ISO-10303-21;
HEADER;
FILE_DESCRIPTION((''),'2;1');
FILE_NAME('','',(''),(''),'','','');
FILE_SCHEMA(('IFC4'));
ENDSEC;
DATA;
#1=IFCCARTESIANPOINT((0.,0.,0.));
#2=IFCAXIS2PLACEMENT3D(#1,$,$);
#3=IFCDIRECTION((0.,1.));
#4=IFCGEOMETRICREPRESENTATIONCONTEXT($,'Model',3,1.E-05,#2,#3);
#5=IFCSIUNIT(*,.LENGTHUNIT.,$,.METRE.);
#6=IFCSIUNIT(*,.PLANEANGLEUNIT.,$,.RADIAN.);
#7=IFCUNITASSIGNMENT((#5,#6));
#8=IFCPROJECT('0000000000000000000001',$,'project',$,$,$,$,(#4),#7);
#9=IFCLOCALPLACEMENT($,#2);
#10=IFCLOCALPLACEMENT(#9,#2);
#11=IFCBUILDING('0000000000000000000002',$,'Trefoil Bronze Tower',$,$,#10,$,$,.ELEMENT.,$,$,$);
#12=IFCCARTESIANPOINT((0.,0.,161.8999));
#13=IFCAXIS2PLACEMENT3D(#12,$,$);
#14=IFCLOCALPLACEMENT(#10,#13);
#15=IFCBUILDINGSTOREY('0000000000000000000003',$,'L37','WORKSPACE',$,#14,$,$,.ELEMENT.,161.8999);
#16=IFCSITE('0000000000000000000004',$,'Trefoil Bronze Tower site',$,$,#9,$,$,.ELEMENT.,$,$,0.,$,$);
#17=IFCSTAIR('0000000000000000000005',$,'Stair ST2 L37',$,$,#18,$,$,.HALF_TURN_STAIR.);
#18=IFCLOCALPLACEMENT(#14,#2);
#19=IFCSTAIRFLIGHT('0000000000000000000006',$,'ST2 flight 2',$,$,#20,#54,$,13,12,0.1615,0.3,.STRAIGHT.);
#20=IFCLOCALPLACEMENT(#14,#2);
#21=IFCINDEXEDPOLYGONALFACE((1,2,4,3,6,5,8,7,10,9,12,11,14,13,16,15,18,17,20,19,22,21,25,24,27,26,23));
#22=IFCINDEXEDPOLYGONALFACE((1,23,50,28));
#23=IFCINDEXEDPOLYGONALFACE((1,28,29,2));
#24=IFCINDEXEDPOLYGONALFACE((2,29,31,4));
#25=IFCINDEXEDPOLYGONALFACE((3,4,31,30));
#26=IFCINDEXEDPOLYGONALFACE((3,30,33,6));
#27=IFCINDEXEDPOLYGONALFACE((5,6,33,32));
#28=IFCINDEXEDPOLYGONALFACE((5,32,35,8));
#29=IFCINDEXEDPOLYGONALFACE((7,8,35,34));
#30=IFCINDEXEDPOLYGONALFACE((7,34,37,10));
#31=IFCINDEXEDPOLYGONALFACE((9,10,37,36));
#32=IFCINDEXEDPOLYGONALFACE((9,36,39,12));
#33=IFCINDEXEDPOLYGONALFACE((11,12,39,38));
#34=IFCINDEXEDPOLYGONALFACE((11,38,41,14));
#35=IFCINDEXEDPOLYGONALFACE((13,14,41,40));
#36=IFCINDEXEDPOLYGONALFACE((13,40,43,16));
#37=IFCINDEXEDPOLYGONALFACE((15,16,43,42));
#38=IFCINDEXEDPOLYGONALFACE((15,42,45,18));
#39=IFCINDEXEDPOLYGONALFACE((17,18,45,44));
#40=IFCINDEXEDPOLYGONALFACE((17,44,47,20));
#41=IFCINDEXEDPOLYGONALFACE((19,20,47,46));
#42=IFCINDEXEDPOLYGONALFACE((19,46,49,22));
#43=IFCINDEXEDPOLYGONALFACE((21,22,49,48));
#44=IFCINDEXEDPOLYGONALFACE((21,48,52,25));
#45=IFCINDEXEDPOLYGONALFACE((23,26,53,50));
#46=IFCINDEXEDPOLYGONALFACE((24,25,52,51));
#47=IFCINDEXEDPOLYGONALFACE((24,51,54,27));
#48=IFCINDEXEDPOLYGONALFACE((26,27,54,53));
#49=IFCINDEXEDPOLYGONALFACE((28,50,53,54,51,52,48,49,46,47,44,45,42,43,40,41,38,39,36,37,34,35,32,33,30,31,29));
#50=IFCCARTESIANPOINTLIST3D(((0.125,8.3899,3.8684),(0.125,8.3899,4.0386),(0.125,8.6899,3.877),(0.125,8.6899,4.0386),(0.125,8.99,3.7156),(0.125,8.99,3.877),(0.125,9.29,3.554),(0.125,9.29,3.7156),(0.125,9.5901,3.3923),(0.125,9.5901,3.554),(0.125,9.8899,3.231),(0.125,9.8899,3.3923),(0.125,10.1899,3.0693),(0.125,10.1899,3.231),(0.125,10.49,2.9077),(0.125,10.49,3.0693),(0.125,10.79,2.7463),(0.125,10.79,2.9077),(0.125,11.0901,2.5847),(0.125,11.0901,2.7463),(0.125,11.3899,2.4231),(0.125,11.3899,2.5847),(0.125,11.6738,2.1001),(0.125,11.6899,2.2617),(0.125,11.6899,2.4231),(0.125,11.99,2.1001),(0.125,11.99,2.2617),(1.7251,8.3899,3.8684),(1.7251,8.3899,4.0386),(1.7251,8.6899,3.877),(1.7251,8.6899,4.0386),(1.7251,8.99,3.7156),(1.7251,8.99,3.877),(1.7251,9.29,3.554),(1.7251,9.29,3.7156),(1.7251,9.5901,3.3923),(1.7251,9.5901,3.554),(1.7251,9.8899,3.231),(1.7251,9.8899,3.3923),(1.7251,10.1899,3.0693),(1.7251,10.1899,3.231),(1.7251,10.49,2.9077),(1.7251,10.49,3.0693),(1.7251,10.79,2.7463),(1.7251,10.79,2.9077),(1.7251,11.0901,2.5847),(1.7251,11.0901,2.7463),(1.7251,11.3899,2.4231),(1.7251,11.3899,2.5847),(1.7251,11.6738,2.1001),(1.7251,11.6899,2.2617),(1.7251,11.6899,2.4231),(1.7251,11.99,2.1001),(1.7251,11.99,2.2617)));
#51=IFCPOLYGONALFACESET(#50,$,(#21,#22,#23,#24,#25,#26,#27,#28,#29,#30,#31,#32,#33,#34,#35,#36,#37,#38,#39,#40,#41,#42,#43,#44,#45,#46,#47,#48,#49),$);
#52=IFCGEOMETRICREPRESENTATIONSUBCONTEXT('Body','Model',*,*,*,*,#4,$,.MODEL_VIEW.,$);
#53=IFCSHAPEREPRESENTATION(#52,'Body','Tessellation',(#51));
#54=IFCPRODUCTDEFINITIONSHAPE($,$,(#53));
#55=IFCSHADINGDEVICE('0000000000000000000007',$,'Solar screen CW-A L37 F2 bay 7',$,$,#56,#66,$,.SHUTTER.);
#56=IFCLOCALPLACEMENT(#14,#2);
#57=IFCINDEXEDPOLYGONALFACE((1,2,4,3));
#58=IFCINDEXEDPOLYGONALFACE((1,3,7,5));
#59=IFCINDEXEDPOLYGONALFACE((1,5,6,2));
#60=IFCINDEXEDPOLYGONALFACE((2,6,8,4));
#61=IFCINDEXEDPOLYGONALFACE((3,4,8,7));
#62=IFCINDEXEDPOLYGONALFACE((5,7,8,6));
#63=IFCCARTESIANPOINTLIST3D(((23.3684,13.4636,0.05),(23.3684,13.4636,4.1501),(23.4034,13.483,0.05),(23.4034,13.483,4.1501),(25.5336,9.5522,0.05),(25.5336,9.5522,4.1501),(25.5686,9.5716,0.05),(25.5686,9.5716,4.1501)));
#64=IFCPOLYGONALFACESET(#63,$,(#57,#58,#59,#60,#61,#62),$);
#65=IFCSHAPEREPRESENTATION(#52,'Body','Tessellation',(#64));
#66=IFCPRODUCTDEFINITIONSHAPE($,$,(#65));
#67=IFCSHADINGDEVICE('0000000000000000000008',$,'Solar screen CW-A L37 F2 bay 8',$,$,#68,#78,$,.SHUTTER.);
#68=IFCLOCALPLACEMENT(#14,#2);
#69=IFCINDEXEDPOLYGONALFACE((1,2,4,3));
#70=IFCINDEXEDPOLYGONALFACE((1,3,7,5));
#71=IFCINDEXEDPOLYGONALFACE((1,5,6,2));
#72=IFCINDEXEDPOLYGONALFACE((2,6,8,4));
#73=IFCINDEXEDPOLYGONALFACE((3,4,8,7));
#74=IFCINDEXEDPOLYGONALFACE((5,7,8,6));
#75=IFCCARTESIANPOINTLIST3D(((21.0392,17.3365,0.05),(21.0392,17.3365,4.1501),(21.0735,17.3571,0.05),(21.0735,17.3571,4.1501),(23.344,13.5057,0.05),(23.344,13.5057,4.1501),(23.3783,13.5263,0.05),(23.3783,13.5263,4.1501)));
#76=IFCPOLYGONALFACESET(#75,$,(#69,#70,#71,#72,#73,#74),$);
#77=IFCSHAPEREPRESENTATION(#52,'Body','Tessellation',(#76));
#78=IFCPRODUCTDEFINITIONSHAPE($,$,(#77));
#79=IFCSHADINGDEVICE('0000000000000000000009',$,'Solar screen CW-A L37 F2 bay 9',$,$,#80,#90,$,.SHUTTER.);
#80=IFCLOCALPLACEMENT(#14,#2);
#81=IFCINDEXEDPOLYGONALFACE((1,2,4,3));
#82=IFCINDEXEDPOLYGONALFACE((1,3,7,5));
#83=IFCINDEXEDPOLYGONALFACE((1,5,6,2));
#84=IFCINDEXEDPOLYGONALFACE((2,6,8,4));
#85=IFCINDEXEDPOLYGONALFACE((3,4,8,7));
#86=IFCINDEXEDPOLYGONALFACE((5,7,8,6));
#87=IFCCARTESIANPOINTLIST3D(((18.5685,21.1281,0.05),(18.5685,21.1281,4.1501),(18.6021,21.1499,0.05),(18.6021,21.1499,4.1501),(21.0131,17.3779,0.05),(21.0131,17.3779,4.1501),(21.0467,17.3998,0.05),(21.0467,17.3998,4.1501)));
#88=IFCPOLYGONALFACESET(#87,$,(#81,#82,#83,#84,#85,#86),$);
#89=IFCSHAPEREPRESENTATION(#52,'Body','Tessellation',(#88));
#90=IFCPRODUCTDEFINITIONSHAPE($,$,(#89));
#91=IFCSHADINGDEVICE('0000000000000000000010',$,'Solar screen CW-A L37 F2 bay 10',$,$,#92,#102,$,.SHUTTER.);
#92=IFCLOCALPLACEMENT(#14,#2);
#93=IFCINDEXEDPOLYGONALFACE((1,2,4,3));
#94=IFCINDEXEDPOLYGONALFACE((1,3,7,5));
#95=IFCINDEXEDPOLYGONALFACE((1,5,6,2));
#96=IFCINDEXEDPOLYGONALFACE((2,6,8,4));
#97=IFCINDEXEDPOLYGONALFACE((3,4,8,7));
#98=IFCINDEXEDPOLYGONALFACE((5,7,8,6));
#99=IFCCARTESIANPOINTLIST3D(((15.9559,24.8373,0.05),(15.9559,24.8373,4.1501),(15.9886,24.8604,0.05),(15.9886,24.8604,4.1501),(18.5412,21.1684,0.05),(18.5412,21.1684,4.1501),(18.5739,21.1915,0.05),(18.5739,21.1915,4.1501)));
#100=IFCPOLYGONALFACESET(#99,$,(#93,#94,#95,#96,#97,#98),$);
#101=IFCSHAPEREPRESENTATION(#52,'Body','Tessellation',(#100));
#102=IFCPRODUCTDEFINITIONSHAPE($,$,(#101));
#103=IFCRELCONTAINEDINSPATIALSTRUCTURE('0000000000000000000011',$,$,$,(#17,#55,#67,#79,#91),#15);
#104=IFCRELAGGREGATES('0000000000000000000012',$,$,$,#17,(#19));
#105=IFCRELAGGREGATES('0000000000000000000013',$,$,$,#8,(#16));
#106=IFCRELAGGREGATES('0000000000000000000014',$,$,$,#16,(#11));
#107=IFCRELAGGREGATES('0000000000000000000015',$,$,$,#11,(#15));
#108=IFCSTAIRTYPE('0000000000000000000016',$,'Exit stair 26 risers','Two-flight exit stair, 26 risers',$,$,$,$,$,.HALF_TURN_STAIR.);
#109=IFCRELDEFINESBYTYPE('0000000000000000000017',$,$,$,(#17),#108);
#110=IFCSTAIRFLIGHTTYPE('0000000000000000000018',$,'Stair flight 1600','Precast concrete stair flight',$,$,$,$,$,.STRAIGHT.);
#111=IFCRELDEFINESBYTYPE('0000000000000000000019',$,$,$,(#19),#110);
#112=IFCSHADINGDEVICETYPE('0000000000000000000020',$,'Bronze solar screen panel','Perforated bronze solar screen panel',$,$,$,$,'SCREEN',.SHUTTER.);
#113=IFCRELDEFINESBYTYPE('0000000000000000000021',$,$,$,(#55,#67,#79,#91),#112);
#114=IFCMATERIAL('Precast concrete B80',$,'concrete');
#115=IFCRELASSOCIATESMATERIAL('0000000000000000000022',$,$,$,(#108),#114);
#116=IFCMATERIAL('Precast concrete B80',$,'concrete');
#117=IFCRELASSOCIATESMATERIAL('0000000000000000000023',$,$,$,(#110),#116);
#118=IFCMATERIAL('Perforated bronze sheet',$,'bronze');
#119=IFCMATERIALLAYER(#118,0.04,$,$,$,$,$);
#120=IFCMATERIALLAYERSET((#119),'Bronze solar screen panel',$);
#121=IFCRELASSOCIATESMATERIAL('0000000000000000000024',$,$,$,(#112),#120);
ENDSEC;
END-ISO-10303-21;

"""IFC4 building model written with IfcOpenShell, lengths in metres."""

from ifc_helpers import new_model, si_unit, direction, frame, origin, origin_2d, place, context, subcontext, project, spatial, polyline, rectangle, outline, extrude, material, layer, layer_set, type_object, element, aggregate, save


model = new_model("IFC4")

# Units and contexts
model_context = context("Model", 3, precision=1e-05, world=origin(), true_north=direction((0.0, 1.0)))
body_context = subcontext(model_context, "Body", "Model", "MODEL_VIEW")
ifc_project = project(units=[si_unit("LENGTHUNIT", "METRE"), si_unit("PLANEANGLEUNIT", "RADIAN")], contexts=[model_context])

# Site, building, storey
site_placement = place(None, origin())
site = spatial("IfcSite", under=ifc_project, at=site_placement, Name="Trefoil Bronze Tower site", CompositionType="ELEMENT", RefElevation=0.0)
building_placement = place(site_placement, origin())
building = spatial("IfcBuilding", under=site, at=building_placement, Name="Trefoil Bronze Tower", CompositionType="ELEMENT")
storey_placement = place(building_placement, frame((0.0, 0.0, 161.8999)))
storey = spatial("IfcBuildingStorey", under=building, at=storey_placement, Name="L37", Description="WORKSPACE", CompositionType="ELEMENT", Elevation=161.8999)

# Stair, stair flight
ifc_material_1 = material(Name="Precast concrete B80", Category="concrete")
stair_type = type_object("IfcStairType", Name="Exit stair 26 risers", Description="Two-flight exit stair, 26 risers", PredefinedType="HALF_TURN_STAIR", material=ifc_material_1)
stair_placement = place(storey_placement, origin())
stair = element("IfcStair", 1, at=stair_placement, inside=storey, type_object=stair_type, Name="Stair ST2 L37", PredefinedType="HALF_TURN_STAIR")
ifc_material_2 = material(Name="Precast concrete B80", Category="concrete")
stair_flight_type = type_object("IfcStairFlightType", Name="Stair flight 1600", Description="Precast concrete stair flight", PredefinedType="STRAIGHT", material=ifc_material_2)
stair_flight_placement = place(storey_placement, frame((0.925, 11.99, 2.1001), z_axis=(0.0, 0.0, 1.0), x_axis=(0.0, -1.0, 0.0)))
stair_flight = element("IfcStairFlight", 2, at=stair_flight_placement, type_object=stair_flight_type, Name="ST2 flight 2", NumberOfRisers=13, NumberOfTreads=12, PredefinedType="STRAIGHT", RiserHeight=0.1615, TreadLength=0.3, context=body_context, shape_type="SweptSolid", body=[
    extrude(outline(polyline([(0.0, 0.0), (0.0, 0.1616), (0.3, 0.1616), (0.3, 0.323), (0.6001, 0.323), (0.6001, 0.4846), (0.8999, 0.4846), (0.8999, 0.6462), (1.2, 0.6462), (1.2, 0.8076), (1.5, 0.8076), (1.5, 0.9692), (1.8, 0.9692), (1.8, 1.1309), (2.1001, 1.1309), (2.1001, 1.2922), (2.3999, 1.2922), (2.3999, 1.4539), (2.7, 1.4539), (2.7, 1.6155), (3.0, 1.6155), (3.0, 1.7769), (3.3, 1.7769), (3.3, 1.9385), (3.6001, 1.9385), (3.6001, 2.1001), (3.6001, 1.7683), (0.3162, 0.0), (0.0, 0.0)])), frame((0.0, 0.8, 0.0), z_axis=(0.0, -1.0, 0.0), x_axis=(1.0, 0.0, 0.0)), (0.0, 0.0, 1.0), 1.6001),
])
aggregate(stair, [stair_flight])

# Shading devices
ifc_material_3 = material(Name="Perforated bronze sheet", Category="bronze")
ifc_layer_1 = layer(ifc_material_3, 0.04)
ifc_layer_set_1 = layer_set([ifc_layer_1], Name="Bronze solar screen panel")
shading_device_type = type_object("IfcShadingDeviceType", Name="Bronze solar screen panel", Description="Perforated bronze solar screen panel", ElementType="SCREEN", PredefinedType="SHUTTER", material=ifc_layer_set_1)
for number, where, z_axis, x_axis, name in (
    (3, (24.4685, 11.5176, 0.05), (0.0, 0.0, 1.0), (-0.484312, 0.874895, 0.0), "Solar screen CW-A L37 F2 bay 7"),
    (4, (22.2087, 15.4314, 0.05), (0.0, 0.0, 1.0), (-0.515525, 0.856874, 0.0), "Solar screen CW-A L37 F2 bay 8"),
):
    element("IfcShadingDevice", number, at=place(storey_placement, frame(where, z_axis=z_axis, x_axis=x_axis)), inside=storey, type_object=shading_device_type, Name=name, PredefinedType="SHUTTER", context=body_context, shape_type="SweptSolid", body=[
        extrude(rectangle(XDim=4.4707, YDim=0.04, at=origin_2d()), origin(), (0.0, 0.0, 1.0), 4.1001),
    ])
shading_device_1_placement = place(storey_placement, frame((19.8076, 19.2639, 0.05), z_axis=(0.0, 0.0, 1.0), x_axis=(-0.546089, 0.837727, 0.0)))
element("IfcShadingDevice", 5, at=shading_device_1_placement, inside=storey, type_object=shading_device_type, Name="Solar screen CW-A L37 F2 bay 9", PredefinedType="SHUTTER", context=body_context, shape_type="SweptSolid", body=[
    extrude(rectangle(XDim=4.4766, YDim=0.04, at=origin_2d()), origin(), (0.0, 0.0, 1.0), 4.1001),
])
shading_device_2_placement = place(storey_placement, frame((17.2649, 23.0144, 0.05), z_axis=(0.0, 0.0, 1.0), x_axis=(-0.575999, 0.81745, 0.0)))
element("IfcShadingDevice", 6, at=shading_device_2_placement, inside=storey, type_object=shading_device_type, Name="Solar screen CW-A L37 F2 bay 10", PredefinedType="SHUTTER", context=body_context, shape_type="SweptSolid", body=[
    extrude(rectangle(XDim=4.4883, YDim=0.04, at=origin_2d()), origin(), (0.0, 0.0, 1.0), 4.1001),
])

save(model, "model.ifc")
